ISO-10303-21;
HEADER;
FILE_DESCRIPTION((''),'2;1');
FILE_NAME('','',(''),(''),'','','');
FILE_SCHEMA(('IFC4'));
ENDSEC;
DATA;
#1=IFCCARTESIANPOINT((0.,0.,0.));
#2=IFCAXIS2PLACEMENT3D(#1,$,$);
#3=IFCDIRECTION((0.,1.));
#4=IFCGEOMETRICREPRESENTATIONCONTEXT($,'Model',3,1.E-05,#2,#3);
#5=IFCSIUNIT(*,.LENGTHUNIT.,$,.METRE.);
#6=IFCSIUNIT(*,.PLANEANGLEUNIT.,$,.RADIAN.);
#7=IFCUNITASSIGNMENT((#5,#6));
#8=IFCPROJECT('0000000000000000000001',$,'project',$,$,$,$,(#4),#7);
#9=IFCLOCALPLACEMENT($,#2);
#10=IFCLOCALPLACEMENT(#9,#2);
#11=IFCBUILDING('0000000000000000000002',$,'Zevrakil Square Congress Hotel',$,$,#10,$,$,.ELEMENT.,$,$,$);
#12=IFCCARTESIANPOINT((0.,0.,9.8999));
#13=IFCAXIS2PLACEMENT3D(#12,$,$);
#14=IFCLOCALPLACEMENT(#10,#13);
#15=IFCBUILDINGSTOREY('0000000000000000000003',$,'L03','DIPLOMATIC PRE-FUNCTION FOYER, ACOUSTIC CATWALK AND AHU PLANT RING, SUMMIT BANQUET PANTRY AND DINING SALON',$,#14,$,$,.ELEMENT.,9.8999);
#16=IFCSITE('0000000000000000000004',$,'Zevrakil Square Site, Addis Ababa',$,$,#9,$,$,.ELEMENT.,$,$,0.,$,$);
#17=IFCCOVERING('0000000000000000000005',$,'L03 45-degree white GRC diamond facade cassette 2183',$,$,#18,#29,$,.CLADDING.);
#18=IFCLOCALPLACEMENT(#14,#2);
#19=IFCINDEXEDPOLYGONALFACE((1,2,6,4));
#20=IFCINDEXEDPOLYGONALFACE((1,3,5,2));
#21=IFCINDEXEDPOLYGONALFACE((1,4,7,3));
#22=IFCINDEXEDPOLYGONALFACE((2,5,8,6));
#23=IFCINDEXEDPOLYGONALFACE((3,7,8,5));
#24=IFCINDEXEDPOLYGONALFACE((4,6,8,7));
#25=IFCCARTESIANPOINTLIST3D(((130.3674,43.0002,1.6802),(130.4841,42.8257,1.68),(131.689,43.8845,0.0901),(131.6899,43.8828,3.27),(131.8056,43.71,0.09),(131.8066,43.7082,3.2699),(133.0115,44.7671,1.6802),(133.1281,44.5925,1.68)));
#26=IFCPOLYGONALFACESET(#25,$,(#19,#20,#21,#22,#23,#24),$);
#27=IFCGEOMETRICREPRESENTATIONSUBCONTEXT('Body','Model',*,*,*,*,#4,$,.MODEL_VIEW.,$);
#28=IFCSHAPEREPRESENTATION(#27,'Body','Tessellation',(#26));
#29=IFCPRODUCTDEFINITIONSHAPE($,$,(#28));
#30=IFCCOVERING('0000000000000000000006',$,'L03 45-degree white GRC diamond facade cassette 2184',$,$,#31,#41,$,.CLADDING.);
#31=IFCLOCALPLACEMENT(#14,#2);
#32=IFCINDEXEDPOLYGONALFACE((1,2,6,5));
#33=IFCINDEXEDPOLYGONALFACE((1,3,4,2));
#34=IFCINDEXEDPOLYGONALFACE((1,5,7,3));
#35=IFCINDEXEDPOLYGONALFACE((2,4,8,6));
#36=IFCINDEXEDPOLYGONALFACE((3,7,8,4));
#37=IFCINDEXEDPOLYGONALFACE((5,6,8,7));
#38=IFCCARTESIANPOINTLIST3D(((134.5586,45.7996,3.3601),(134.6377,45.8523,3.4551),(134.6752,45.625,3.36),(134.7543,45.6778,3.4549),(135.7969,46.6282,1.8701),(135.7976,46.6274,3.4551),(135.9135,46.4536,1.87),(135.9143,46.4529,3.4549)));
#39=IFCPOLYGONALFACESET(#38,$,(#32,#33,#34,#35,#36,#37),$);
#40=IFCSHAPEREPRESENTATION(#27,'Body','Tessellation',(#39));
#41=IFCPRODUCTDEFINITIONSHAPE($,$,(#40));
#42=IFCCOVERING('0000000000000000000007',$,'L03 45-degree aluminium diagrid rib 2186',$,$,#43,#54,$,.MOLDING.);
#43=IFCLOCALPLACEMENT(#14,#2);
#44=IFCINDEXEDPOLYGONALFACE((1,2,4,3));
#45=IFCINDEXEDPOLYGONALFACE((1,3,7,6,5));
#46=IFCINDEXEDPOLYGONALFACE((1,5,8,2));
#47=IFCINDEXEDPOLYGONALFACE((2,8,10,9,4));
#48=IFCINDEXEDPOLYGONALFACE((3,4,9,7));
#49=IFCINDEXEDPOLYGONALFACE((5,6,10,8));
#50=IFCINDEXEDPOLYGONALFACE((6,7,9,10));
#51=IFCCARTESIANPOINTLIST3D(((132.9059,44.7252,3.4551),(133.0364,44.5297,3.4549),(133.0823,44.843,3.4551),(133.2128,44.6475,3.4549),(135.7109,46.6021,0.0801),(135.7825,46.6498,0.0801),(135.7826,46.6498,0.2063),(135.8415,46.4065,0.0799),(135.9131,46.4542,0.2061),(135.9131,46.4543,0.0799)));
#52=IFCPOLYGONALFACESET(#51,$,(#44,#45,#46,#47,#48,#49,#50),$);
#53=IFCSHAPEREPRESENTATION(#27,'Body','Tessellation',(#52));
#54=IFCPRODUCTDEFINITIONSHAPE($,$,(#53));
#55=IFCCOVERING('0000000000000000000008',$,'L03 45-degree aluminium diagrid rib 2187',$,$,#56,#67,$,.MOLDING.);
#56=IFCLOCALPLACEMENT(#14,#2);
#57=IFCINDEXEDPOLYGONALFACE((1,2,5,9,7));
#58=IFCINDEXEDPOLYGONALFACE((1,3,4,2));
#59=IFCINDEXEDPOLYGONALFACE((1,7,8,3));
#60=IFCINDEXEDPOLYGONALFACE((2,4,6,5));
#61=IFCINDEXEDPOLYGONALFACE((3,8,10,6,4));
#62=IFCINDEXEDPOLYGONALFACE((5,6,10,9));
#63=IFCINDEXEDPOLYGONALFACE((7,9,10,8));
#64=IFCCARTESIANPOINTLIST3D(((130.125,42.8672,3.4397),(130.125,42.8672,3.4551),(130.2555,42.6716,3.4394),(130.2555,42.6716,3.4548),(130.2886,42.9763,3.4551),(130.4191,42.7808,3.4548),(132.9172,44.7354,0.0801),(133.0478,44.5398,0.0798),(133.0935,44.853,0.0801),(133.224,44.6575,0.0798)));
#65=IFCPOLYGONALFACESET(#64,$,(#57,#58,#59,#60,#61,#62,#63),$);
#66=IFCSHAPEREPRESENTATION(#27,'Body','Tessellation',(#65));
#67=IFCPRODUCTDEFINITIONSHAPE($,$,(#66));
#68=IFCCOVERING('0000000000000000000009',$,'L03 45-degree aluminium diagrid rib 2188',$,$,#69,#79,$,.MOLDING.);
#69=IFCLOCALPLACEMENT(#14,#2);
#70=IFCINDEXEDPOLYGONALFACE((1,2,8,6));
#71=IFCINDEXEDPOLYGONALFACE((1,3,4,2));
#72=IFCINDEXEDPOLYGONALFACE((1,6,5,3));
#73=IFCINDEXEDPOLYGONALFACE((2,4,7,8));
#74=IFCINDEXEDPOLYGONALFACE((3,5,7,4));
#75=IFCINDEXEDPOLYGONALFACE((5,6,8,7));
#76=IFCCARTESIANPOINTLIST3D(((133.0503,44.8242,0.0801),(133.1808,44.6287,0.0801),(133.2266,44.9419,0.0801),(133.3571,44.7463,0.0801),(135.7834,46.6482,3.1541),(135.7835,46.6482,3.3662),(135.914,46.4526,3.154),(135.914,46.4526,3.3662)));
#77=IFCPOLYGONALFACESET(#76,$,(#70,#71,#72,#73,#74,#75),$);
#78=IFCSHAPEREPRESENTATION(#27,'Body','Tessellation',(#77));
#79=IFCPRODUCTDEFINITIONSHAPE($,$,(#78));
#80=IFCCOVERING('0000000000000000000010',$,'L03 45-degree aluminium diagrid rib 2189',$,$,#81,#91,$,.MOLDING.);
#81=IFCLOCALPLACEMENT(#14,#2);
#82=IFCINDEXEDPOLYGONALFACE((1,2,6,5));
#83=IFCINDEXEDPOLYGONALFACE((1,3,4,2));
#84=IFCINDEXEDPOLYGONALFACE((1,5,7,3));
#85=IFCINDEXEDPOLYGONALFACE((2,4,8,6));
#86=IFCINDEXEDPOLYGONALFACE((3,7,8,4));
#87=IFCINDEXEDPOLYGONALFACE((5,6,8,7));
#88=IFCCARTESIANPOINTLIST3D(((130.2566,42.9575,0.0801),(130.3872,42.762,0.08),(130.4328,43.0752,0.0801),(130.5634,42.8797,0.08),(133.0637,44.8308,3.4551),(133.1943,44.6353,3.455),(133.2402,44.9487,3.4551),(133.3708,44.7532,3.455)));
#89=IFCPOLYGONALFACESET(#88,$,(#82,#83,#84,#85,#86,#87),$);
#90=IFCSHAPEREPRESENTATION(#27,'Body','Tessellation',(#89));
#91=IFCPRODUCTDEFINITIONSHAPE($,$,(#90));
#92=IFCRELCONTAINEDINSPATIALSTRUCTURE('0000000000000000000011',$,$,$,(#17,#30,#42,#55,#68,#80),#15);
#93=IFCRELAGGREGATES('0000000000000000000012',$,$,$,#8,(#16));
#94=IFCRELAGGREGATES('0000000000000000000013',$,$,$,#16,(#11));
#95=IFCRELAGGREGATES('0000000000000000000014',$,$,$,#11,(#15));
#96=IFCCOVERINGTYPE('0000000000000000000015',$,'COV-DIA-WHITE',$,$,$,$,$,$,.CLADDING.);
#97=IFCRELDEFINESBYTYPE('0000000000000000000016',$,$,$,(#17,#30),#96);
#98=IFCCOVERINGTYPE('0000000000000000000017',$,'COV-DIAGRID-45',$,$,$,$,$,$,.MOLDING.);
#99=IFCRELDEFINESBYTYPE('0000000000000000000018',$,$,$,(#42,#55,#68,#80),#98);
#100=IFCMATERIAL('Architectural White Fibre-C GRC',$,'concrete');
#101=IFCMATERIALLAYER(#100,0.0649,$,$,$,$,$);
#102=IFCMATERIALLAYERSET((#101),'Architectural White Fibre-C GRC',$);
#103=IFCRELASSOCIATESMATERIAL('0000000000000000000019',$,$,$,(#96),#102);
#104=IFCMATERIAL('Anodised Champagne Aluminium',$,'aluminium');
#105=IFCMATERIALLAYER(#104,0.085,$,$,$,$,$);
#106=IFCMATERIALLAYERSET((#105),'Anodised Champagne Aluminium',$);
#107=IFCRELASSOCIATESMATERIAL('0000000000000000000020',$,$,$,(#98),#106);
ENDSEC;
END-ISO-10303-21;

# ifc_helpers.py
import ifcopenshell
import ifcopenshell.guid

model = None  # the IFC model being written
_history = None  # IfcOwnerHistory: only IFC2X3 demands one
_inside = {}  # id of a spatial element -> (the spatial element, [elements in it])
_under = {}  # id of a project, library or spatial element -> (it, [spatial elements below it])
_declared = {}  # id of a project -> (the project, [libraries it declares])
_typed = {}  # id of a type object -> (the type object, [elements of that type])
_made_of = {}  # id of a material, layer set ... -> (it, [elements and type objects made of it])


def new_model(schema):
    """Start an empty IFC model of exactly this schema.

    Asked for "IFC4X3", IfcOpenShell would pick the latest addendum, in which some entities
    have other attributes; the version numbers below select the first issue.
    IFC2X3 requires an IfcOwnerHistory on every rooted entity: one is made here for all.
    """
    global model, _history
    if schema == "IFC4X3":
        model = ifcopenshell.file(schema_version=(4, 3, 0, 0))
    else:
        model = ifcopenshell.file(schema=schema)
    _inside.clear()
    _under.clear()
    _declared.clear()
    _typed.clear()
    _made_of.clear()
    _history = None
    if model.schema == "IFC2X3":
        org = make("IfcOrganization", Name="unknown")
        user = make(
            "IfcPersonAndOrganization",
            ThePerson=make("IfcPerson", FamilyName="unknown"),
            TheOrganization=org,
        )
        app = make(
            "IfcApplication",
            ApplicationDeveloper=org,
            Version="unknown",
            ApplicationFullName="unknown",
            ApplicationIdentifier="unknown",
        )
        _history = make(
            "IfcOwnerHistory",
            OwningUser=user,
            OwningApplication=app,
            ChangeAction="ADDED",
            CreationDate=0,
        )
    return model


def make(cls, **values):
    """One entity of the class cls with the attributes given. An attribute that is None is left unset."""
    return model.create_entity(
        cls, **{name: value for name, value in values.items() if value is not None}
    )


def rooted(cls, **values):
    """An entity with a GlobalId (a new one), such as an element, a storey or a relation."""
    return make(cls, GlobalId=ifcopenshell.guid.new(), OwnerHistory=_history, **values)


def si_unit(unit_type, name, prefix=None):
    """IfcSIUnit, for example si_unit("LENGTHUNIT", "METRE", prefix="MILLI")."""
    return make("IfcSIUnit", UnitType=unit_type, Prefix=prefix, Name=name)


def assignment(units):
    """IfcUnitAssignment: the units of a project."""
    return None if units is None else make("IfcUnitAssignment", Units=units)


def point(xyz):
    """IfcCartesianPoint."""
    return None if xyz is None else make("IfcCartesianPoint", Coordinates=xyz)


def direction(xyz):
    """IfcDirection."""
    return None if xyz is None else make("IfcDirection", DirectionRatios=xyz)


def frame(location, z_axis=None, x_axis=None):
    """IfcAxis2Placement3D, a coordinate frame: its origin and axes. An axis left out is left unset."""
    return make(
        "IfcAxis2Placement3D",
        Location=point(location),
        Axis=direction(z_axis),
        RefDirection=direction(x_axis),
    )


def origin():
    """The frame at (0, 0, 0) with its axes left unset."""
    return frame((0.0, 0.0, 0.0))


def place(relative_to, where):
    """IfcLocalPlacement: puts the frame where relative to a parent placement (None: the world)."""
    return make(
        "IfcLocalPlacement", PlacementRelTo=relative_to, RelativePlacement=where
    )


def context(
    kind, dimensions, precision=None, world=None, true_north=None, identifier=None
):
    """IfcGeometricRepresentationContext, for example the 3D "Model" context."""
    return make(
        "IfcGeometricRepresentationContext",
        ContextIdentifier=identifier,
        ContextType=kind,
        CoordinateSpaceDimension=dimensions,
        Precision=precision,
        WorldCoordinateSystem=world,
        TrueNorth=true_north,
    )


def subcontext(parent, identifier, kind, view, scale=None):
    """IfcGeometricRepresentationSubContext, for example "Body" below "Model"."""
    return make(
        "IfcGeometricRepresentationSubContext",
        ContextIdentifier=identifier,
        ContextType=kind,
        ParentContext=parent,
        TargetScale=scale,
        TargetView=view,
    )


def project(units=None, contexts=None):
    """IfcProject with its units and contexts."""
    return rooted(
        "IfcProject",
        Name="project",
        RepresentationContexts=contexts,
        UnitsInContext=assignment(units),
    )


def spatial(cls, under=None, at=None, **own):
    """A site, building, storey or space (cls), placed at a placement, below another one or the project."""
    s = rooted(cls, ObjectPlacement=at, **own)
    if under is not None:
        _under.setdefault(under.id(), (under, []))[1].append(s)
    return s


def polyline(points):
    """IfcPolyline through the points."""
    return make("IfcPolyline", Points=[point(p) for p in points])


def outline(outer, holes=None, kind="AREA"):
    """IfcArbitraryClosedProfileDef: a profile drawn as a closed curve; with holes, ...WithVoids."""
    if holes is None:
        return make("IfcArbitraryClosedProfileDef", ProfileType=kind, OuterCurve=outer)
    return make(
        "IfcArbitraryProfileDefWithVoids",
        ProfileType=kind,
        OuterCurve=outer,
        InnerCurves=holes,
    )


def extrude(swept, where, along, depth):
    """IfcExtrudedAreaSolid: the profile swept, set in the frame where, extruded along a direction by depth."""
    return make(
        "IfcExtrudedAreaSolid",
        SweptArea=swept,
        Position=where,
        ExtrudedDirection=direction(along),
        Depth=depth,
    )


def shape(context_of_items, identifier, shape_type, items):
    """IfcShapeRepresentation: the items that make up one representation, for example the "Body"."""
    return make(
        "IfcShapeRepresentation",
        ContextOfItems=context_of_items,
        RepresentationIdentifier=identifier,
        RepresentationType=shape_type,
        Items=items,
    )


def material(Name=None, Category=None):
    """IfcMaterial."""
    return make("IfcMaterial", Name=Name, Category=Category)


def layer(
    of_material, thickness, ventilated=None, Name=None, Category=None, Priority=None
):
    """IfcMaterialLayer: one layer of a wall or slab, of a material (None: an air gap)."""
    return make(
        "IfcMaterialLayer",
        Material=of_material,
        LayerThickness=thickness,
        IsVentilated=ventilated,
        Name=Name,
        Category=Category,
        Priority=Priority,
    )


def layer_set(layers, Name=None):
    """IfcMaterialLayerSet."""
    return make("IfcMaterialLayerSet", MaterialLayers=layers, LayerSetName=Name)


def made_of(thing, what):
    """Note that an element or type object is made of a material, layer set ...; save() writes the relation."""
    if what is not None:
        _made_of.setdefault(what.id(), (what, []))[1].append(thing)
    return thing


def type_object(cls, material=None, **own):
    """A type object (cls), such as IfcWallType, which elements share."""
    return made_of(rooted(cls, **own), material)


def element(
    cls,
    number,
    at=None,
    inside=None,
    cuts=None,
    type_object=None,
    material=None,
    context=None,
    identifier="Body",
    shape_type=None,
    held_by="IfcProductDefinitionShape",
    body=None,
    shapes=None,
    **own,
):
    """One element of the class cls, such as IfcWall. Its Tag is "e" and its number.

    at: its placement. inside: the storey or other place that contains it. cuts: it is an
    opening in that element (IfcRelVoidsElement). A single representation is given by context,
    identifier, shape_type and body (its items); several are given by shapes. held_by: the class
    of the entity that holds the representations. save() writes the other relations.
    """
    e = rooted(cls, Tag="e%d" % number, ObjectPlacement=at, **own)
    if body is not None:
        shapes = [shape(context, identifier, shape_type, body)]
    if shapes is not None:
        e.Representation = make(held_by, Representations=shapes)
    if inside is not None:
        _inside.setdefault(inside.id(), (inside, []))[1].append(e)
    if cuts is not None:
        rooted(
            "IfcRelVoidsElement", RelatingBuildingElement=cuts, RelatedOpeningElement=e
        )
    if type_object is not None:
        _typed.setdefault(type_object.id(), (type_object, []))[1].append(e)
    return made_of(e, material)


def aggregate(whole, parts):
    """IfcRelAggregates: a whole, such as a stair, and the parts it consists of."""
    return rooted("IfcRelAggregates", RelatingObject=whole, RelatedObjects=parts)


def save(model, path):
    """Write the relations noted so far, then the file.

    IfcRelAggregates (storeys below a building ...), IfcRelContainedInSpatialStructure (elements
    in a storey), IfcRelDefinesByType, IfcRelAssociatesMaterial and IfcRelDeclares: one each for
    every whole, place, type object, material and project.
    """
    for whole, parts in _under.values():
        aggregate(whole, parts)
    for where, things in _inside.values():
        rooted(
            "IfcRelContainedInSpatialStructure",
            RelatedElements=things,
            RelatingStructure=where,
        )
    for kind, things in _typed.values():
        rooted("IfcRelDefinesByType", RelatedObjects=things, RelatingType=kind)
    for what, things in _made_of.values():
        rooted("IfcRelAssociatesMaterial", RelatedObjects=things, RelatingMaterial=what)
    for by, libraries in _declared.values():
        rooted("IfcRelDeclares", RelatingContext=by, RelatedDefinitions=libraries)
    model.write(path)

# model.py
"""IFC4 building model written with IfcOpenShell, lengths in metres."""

from ifc_helpers import new_model, si_unit, direction, frame, origin, place, context, subcontext, project, spatial, polyline, outline, extrude, material, layer, layer_set, type_object, element, save


model = new_model("IFC4")

# Units and contexts
model_context = context("Model", 3, precision=1e-05, world=origin(), true_north=direction((0.0, 1.0)))
body_context = subcontext(model_context, "Body", "Model", "MODEL_VIEW")
ifc_project = project(units=[si_unit("LENGTHUNIT", "METRE"), si_unit("PLANEANGLEUNIT", "RADIAN")], contexts=[model_context])

# Site, building, storey
site_placement = place(None, origin())
site = spatial("IfcSite", under=ifc_project, at=site_placement, Name="Zevrakil Square Site, Addis Ababa", CompositionType="ELEMENT", RefElevation=0.0)
building_placement = place(site_placement, origin())
building = spatial("IfcBuilding", under=site, at=building_placement, Name="Zevrakil Square Congress Hotel", CompositionType="ELEMENT")
storey_placement = place(building_placement, frame((0.0, 0.0, 9.8999)))
storey = spatial("IfcBuildingStorey", under=building, at=storey_placement, Name="L03", Description="DIPLOMATIC PRE-FUNCTION FOYER, ACOUSTIC CATWALK AND AHU PLANT RING, SUMMIT BANQUET PANTRY AND DINING SALON", CompositionType="ELEMENT", Elevation=9.8999)

# Coverings
ifc_material_1 = material(Name="Architectural White Fibre-C GRC", Category="concrete")
ifc_layer_1 = layer(ifc_material_1, 0.0649)
ifc_layer_set_1 = layer_set([ifc_layer_1], Name="Architectural White Fibre-C GRC")
covering_type_1 = type_object("IfcCoveringType", Name="COV-DIA-WHITE", PredefinedType="CLADDING", material=ifc_layer_set_1)
covering_1_placement = place(storey_placement, frame((131.6899, 43.8828, 3.27), z_axis=(-0.555603, 0.831447, 0.000617), x_axis=(-0.588185, -0.392522, -0.707082)))
element("IfcCovering", 1, at=covering_1_placement, inside=storey, type_object=covering_type_1, Name="L03 45-degree white GRC diamond facade cassette 2183", PredefinedType="CLADDING", context=body_context, shape_type="SweptSolid", body=[
    extrude(outline(polyline([(0.0, 0.0), (2.2485, 0.0), (2.2484, -2.2487), (-0.0003, -2.2486), (0.0, 0.0)])), origin(), (0.0, 0.0, -1.0), 0.21),
])
covering_2_placement = place(storey_placement, frame((134.5586, 45.7996, 3.3601), z_axis=(-0.555605, 0.831446, 0.000666), x_axis=(0.587651, 0.393258, -0.707117)))
element("IfcCovering", 2, at=covering_2_placement, inside=storey, type_object=covering_type_1, Name="L03 45-degree white GRC diamond facade cassette 2184", PredefinedType="CLADDING", context=body_context, shape_type="SweptSolid", body=[
    extrude(outline(polyline([(0.0, 0.0), (2.1071, 0.0), (0.9865, -1.1209), (0.0001, -0.1344), (0.0, 0.0)])), origin(), (0.0, 0.0, -1.0), 0.21),
])
ifc_material_2 = material(Name="Anodised Champagne Aluminium", Category="aluminium")
ifc_layer_2 = layer(ifc_material_2, 0.085)
ifc_layer_set_2 = layer_set([ifc_layer_2], Name="Anodised Champagne Aluminium")
covering_type_2 = type_object("IfcCoveringType", Name="COV-DIAGRID-45", PredefinedType="MOLDING", material=ifc_layer_set_2)
covering_3_placement = place(storey_placement, frame((135.7109, 46.6021, 0.0801), z_axis=(-0.555385, 0.831593, 0.000852), x_axis=(0.831593, 0.555385, -0.000001)))
element("IfcCovering", 3, at=covering_3_placement, inside=storey, type_object=covering_type_2, Name="L03 45-degree aluminium diagrid rib 2186", PredefinedType="MOLDING", context=body_context, shape_type="SweptSolid", body=[
    extrude(outline(polyline([(0.0, 0.0), (0.0861, 0.0), (0.0861, -0.1262), (-3.1629, -3.375), (-3.3751, -3.375), (0.0, 0.0)])), origin(), (0.0, 0.0, -1.0), 0.2351),
])
covering_4_placement = place(storey_placement, frame((132.9172, 44.7354, 0.0801), z_axis=(-0.555148, 0.831751, 0.001117), x_axis=(0.831751, 0.555149, 0.0)))
element("IfcCovering", 4, at=covering_4_placement, inside=storey, type_object=covering_type_2, Name="L03 45-degree aluminium diagrid rib 2187", PredefinedType="MOLDING", context=body_context, shape_type="SweptSolid", body=[
    extrude(outline(polyline([(0.0, 0.0), (0.2119, 0.0), (-3.1629, -3.375), (-3.3596, -3.375), (-3.3596, -3.3596), (0.0, 0.0)])), origin(), (0.0, 0.0, -1.0), 0.2351),
])
covering_5_placement = place(storey_placement, frame((135.7834, 46.6482, 3.1541), z_axis=(-0.555161, 0.831743, 0.000085), x_axis=(0.000047, -0.000071, 1.0)))
element("IfcCovering", 5, at=covering_5_placement, inside=storey, type_object=covering_type_2, Name="L03 45-degree aluminium diagrid rib 2188", PredefinedType="MOLDING", context=body_context, shape_type="SweptSolid", body=[
    extrude(outline(polyline([(0.0, 0.0), (0.2122, 0.0), (-3.074, -3.2859), (-3.074, -3.0739), (0.0, 0.0)])), origin(), (0.0, 0.0, -1.0), 0.2351),
])
covering_6_placement = place(storey_placement, frame((133.2402, 44.9487, 3.4551), z_axis=(-0.555364, 0.831607, 0.000327), x_axis=(-0.831607, -0.555364, 0.0)))
element("IfcCovering", 6, at=covering_6_placement, inside=storey, type_object=covering_type_2, Name="L03 45-degree aluminium diagrid rib 2189", PredefinedType="MOLDING", context=body_context, shape_type="SweptSolid", body=[
    extrude(outline(polyline([(0.0, 0.0), (0.2123, 0.0), (3.5871, -3.375), (3.3751, -3.375), (0.0, 0.0)])), origin(), (0.0, 0.0, -1.0), 0.2351),
])

save(model, "model.ifc")
